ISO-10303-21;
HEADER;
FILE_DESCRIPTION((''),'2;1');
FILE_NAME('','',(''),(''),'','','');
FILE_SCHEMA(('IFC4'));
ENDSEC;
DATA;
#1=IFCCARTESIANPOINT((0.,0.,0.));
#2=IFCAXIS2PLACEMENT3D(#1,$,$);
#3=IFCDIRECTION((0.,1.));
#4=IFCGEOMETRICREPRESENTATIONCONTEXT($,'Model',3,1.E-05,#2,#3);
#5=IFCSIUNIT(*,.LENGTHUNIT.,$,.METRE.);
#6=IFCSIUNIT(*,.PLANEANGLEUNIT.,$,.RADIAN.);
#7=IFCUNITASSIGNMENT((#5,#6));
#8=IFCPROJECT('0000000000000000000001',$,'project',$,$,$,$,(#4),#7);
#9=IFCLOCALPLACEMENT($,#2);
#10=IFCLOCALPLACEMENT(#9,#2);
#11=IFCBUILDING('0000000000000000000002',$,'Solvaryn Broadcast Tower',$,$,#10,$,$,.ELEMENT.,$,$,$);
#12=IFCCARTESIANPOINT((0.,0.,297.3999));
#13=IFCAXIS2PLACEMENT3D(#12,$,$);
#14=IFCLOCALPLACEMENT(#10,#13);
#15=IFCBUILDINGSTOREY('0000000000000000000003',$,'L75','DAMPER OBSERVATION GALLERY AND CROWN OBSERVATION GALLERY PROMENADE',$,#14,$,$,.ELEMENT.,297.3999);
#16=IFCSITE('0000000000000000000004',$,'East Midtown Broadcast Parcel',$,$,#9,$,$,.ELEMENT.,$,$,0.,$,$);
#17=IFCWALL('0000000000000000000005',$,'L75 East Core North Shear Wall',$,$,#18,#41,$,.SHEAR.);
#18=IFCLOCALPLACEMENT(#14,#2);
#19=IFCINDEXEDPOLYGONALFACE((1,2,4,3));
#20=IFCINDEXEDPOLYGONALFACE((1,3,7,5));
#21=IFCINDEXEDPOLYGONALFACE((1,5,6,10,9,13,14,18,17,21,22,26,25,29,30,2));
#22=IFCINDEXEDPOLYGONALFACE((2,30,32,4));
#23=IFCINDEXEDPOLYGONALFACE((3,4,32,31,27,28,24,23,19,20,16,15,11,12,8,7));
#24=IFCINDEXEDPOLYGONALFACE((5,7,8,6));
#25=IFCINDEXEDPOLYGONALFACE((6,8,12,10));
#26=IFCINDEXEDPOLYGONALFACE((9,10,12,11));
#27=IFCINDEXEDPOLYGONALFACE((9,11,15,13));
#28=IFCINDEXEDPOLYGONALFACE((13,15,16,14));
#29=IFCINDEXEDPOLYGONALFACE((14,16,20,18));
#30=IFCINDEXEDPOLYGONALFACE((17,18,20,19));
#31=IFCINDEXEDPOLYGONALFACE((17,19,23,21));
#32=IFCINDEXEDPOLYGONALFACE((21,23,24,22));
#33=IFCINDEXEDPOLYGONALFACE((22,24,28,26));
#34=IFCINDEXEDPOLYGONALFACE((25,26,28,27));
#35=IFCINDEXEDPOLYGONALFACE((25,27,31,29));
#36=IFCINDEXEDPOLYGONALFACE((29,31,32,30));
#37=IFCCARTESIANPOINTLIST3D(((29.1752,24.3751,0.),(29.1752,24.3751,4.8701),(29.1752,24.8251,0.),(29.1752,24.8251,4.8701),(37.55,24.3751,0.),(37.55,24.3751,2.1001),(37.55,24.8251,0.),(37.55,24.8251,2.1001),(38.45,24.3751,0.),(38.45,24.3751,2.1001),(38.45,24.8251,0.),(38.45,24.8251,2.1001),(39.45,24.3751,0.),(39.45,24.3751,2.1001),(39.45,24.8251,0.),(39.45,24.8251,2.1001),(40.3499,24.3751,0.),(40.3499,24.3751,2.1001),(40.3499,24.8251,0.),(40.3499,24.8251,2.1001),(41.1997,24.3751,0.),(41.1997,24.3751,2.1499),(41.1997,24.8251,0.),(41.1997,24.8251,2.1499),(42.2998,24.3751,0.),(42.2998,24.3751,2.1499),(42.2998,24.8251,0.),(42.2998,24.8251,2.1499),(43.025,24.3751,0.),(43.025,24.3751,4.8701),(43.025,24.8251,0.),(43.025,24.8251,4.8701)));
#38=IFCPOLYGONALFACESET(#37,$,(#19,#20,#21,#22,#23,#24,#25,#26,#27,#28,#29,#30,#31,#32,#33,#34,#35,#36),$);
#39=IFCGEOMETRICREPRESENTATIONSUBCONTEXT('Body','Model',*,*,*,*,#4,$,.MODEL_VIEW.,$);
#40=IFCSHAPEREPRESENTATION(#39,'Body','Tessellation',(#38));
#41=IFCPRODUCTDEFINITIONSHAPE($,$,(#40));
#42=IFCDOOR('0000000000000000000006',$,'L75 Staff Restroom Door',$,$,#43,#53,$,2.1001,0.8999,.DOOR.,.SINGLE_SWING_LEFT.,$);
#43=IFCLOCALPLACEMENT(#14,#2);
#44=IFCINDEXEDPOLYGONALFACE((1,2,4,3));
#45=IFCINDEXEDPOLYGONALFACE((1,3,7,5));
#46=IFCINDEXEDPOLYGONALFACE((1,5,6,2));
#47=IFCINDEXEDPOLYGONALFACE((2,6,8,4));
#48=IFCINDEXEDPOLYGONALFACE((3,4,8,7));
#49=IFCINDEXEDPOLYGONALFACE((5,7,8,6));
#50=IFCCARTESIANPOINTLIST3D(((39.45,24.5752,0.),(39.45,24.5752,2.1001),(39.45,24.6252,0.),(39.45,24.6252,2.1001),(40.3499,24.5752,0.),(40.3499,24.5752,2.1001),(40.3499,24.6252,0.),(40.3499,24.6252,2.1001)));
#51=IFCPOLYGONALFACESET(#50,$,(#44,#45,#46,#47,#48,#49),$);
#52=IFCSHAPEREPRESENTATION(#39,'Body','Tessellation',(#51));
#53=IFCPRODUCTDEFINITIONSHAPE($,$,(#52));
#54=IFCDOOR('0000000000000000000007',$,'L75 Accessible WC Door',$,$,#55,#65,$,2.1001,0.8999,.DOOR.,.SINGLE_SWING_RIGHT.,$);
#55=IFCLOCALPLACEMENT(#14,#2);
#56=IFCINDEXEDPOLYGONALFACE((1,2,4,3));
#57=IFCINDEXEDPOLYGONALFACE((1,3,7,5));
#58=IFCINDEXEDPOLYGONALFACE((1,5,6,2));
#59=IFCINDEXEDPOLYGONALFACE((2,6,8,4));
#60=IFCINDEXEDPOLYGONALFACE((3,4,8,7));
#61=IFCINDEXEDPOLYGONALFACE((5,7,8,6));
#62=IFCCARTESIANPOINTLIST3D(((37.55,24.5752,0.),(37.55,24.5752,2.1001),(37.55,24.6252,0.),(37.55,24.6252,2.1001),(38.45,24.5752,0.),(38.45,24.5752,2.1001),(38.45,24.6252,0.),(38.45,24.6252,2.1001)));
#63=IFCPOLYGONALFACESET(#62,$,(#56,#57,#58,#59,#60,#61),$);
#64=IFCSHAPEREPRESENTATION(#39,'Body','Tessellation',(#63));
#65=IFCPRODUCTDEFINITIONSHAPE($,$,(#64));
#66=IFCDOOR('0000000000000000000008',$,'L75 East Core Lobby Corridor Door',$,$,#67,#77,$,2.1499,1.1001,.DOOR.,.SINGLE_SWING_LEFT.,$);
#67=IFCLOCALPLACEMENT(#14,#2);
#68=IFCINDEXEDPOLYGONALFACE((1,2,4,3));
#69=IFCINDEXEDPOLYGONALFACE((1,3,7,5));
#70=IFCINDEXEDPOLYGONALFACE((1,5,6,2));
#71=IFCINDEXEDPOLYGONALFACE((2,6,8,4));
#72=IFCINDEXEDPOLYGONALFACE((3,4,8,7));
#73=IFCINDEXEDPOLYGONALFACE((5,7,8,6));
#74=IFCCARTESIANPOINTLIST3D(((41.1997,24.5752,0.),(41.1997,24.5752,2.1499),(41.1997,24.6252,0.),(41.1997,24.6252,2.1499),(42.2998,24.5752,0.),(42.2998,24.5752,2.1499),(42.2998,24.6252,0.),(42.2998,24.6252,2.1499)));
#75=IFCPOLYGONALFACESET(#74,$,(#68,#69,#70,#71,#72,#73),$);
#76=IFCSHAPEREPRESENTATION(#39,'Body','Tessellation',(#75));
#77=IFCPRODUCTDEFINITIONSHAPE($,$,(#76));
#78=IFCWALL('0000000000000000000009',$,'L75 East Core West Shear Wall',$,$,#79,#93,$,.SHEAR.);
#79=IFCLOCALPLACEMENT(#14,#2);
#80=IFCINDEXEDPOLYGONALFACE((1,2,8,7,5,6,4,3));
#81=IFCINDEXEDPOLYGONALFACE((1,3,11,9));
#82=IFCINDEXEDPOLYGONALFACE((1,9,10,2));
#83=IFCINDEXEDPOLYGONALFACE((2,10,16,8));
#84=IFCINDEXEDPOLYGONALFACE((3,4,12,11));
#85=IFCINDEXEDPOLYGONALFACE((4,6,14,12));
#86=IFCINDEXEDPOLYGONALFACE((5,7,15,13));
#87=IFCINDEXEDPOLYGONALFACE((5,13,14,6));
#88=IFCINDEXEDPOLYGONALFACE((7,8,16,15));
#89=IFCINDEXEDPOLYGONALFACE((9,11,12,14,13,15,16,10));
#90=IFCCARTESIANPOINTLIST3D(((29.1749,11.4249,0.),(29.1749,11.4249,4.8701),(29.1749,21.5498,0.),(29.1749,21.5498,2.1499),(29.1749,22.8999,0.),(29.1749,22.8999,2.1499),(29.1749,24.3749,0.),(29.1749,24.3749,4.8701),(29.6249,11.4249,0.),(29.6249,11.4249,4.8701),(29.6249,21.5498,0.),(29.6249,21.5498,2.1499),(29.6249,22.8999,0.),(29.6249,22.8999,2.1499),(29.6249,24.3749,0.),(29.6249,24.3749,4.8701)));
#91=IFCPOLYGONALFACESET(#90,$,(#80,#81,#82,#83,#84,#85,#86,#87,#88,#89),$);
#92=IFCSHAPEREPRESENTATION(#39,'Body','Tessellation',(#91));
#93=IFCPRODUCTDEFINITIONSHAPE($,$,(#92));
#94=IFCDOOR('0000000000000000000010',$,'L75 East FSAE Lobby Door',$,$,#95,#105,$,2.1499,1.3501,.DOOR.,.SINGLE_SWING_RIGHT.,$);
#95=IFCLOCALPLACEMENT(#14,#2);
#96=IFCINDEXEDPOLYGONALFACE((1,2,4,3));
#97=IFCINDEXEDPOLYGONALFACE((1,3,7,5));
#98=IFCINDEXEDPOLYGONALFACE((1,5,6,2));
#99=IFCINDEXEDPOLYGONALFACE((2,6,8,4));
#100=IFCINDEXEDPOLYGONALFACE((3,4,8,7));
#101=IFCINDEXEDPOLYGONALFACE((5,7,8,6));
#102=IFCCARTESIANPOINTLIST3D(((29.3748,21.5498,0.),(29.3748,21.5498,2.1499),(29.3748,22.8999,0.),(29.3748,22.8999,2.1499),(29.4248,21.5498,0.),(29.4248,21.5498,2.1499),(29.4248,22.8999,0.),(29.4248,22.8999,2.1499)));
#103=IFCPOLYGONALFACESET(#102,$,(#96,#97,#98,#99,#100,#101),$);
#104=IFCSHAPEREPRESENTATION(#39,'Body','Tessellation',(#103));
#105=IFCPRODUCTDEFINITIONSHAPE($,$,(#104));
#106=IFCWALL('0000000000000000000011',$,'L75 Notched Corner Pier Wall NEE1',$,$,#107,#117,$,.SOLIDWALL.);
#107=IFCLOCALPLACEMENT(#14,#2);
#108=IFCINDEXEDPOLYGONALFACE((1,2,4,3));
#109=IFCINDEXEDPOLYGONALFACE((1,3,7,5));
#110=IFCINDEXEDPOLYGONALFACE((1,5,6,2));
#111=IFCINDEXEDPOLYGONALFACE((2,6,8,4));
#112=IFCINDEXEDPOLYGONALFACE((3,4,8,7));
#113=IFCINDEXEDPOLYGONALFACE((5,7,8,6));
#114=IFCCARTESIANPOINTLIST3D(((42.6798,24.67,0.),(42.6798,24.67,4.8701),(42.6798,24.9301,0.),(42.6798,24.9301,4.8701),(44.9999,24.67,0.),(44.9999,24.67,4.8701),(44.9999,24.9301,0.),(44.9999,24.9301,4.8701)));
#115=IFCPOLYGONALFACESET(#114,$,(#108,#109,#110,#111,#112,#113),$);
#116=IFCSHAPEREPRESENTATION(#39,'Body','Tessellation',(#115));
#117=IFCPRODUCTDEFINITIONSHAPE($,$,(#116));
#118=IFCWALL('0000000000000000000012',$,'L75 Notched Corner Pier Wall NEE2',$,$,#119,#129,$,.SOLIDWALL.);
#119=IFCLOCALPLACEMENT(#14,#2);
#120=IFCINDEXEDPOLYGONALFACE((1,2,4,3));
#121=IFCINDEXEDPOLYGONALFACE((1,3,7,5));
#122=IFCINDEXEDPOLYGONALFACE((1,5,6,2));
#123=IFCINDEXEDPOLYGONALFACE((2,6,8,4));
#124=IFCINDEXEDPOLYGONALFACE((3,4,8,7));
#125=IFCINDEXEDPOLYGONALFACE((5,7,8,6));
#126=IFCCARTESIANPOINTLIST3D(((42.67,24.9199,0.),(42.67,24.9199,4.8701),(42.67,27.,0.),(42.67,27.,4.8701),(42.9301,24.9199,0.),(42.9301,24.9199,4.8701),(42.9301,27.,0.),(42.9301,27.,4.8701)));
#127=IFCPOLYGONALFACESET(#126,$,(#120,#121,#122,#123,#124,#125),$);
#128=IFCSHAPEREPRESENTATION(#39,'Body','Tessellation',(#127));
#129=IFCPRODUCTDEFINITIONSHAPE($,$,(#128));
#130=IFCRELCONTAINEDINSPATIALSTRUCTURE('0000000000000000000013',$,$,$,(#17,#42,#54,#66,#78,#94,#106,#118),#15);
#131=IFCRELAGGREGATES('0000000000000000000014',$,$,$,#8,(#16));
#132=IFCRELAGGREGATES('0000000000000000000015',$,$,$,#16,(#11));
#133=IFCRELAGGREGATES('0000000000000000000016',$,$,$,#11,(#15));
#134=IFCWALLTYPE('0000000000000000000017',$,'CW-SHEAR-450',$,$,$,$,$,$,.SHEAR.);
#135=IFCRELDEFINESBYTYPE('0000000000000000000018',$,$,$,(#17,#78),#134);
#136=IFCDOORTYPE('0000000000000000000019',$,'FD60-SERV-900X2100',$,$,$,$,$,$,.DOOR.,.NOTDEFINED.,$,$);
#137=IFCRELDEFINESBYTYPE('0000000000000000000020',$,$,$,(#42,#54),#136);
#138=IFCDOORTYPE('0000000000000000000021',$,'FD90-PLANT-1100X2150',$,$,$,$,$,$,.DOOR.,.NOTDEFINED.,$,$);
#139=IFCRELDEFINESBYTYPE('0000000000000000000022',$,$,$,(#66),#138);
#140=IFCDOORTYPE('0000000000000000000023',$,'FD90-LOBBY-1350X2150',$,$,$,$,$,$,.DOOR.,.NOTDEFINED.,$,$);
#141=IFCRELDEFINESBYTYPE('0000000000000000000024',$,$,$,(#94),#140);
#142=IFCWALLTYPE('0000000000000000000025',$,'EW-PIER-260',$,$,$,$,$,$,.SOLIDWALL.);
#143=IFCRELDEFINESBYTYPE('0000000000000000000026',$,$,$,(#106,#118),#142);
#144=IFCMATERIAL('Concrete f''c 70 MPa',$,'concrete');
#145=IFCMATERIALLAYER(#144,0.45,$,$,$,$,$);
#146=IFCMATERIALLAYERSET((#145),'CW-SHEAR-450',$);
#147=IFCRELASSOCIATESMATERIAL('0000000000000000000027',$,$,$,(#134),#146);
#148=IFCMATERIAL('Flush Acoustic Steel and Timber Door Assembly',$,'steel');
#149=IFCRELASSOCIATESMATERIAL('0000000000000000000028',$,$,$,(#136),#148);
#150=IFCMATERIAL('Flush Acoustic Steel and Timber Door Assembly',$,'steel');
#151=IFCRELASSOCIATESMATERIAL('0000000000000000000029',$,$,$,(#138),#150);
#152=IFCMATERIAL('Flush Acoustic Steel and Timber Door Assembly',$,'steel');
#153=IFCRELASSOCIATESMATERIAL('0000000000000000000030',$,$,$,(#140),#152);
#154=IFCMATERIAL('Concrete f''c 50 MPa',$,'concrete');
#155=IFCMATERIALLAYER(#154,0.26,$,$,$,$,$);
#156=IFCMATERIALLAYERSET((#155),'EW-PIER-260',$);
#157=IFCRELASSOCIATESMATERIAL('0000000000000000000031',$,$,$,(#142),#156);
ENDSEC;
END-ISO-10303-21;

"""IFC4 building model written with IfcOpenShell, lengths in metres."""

from ifc_helpers import new_model, si_unit, direction, frame, frame_2d, origin, place, context, subcontext, project, spatial, rectangle, extrude, material, layer, layer_set, type_object, element, fill, save


model = new_model("IFC4")

# Units and contexts
model_context = context("Model", 3, precision=1e-05, world=origin(), true_north=direction((0.0, 1.0)))
body_context = subcontext(model_context, "Body", "Model", "MODEL_VIEW")
ifc_project = project(units=[si_unit("LENGTHUNIT", "METRE"), si_unit("PLANEANGLEUNIT", "RADIAN")], contexts=[model_context])

# Site, building, storey
site_placement = place(None, origin())
site = spatial("IfcSite", under=ifc_project, at=site_placement, Name="East Midtown Broadcast Parcel", CompositionType="ELEMENT", RefElevation=0.0)
building_placement = place(site_placement, origin())
building = spatial("IfcBuilding", under=site, at=building_placement, Name="Solvaryn Broadcast Tower", CompositionType="ELEMENT")
storey_placement = place(building_placement, frame((0.0, 0.0, 297.3999)))
storey = spatial("IfcBuildingStorey", under=building, at=storey_placement, Name="L75", Description="DAMPER OBSERVATION GALLERY AND CROWN OBSERVATION GALLERY PROMENADE", CompositionType="ELEMENT", Elevation=297.3999)

# Wall, openings, doors
ifc_material_1 = material(Name="Concrete f'c 70 MPa", Category="concrete")
ifc_layer_1 = layer(ifc_material_1, 0.45)
ifc_layer_set_1 = layer_set([ifc_layer_1], Name="CW-SHEAR-450")
wall_type_1 = type_object("IfcWallType", Name="CW-SHEAR-450", PredefinedType="SHEAR", material=ifc_layer_set_1)
wall_1_placement = place(storey_placement, frame((43.0249, 24.6001, 0.0), z_axis=(0.0, 0.0, 1.0), x_axis=(-1.0, 0.0, 0.0)))
wall_1 = element("IfcWall", 1, at=wall_1_placement, inside=storey, type_object=wall_type_1, Name="L75 East Core North Shear Wall", PredefinedType="SHEAR", context=body_context, shape_type="SweptSolid", body=[
    extrude(rectangle(XDim=13.8499, YDim=0.45, at=frame_2d((6.9248, 0.0))), origin(), (0.0, 0.0, 1.0), 4.8701),
])
opening_1_placement = place(wall_1_placement, frame((0.7251, 0.0, 0.0)))
opening_1 = element("IfcOpeningElement", 2, at=opening_1_placement, cuts=wall_1, PredefinedType="OPENING", context=body_context, shape_type="SweptSolid", body=[
    extrude(rectangle(XDim=1.1001, YDim=2.1499, at=frame_2d((0.55, 1.075))), frame((0.0, 0.2351, 0.0), z_axis=(0.0, -1.0, 0.0), x_axis=(1.0, 0.0, 0.0)), (0.0, 0.0, 1.0), 0.47),
])
opening_2_placement = place(wall_1_placement, frame((2.675, 0.0, 0.0)))
opening_2 = element("IfcOpeningElement", 3, at=opening_2_placement, cuts=wall_1, PredefinedType="OPENING", context=body_context, shape_type="SweptSolid", body=[
    extrude(rectangle(XDim=0.8999, YDim=2.1001, at=frame_2d((0.45, 1.05))), frame((0.0, 0.2351, 0.0), z_axis=(0.0, -1.0, 0.0), x_axis=(1.0, 0.0, 0.0)), (0.0, 0.0, 1.0), 0.47),
])
opening_3_placement = place(wall_1_placement, frame((4.575, 0.0, 0.0)))
opening_3 = element("IfcOpeningElement", 4, at=opening_3_placement, cuts=wall_1, PredefinedType="OPENING", context=body_context, shape_type="SweptSolid", body=[
    extrude(rectangle(XDim=0.8999, YDim=2.1001, at=frame_2d((0.45, 1.05))), frame((0.0, 0.2351, 0.0), z_axis=(0.0, -1.0, 0.0), x_axis=(1.0, 0.0, 0.0)), (0.0, 0.0, 1.0), 0.47),
])
ifc_material_2 = material(Name="Flush Acoustic Steel and Timber Door Assembly", Category="steel")
door_type_1 = type_object("IfcDoorType", Name="FD60-SERV-900X2100", OperationType="NOTDEFINED", PredefinedType="DOOR", material=ifc_material_2)
door_1_placement = place(opening_2_placement, origin())
door_1 = element("IfcDoor", 5, at=door_1_placement, inside=storey, type_object=door_type_1, Name="L75 Staff Restroom Door", OperationType="SINGLE_SWING_LEFT", OverallHeight=2.1001, OverallWidth=0.8999, PredefinedType="DOOR", context=body_context, shape_type="SweptSolid", body=[
    extrude(rectangle(XDim=0.8999, YDim=2.1001, at=frame_2d((0.45, 1.05))), frame((0.0, 0.0249, 0.0), z_axis=(0.0, -1.0, 0.0), x_axis=(1.0, 0.0, 0.0)), (0.0, 0.0, 1.0), 0.05),
])
fill(opening_2, door_1)
door_2_placement = place(opening_3_placement, origin())
door_2 = element("IfcDoor", 6, at=door_2_placement, inside=storey, type_object=door_type_1, Name="L75 Accessible WC Door", OperationType="SINGLE_SWING_RIGHT", OverallHeight=2.1001, OverallWidth=0.8999, PredefinedType="DOOR", context=body_context, shape_type="SweptSolid", body=[
    extrude(rectangle(XDim=0.8999, YDim=2.1001, at=frame_2d((0.45, 1.05))), frame((0.0, 0.0249, 0.0), z_axis=(0.0, -1.0, 0.0), x_axis=(1.0, 0.0, 0.0)), (0.0, 0.0, 1.0), 0.05),
])
fill(opening_3, door_2)
ifc_material_3 = material(Name="Flush Acoustic Steel and Timber Door Assembly", Category="steel")
door_type_2 = type_object("IfcDoorType", Name="FD90-PLANT-1100X2150", OperationType="NOTDEFINED", PredefinedType="DOOR", material=ifc_material_3)
door_3_placement = place(opening_1_placement, origin())
door_3 = element("IfcDoor", 7, at=door_3_placement, inside=storey, type_object=door_type_2, Name="L75 East Core Lobby Corridor Door", OperationType="SINGLE_SWING_LEFT", OverallHeight=2.1499, OverallWidth=1.1001, PredefinedType="DOOR", context=body_context, shape_type="SweptSolid", body=[
    extrude(rectangle(XDim=1.1001, YDim=2.1499, at=frame_2d((0.55, 1.075))), frame((0.0, 0.0249, 0.0), z_axis=(0.0, -1.0, 0.0), x_axis=(1.0, 0.0, 0.0)), (0.0, 0.0, 1.0), 0.05),
])
fill(opening_1, door_3)

# Wall, opening, door
wall_2_placement = place(storey_placement, frame((29.3999, 24.375, 0.0), z_axis=(0.0, 0.0, 1.0), x_axis=(0.0, -1.0, 0.0)))
wall_2 = element("IfcWall", 8, at=wall_2_placement, inside=storey, type_object=wall_type_1, Name="L75 East Core West Shear Wall", PredefinedType="SHEAR", context=body_context, shape_type="SweptSolid", body=[
    extrude(rectangle(XDim=12.95, YDim=0.45, at=frame_2d((6.4751, 0.0))), origin(), (0.0, 0.0, 1.0), 4.8701),
])
opening_4_placement = place(wall_2_placement, frame((1.4751, 0.0, 0.0)))
opening_4 = element("IfcOpeningElement", 9, at=opening_4_placement, cuts=wall_2, PredefinedType="OPENING", context=body_context, shape_type="SweptSolid", body=[
    extrude(rectangle(XDim=1.3501, YDim=2.1499, at=frame_2d((0.675, 1.075))), frame((0.0, 0.2351, 0.0), z_axis=(0.0, -1.0, 0.0), x_axis=(1.0, 0.0, 0.0)), (0.0, 0.0, 1.0), 0.47),
])
ifc_material_4 = material(Name="Flush Acoustic Steel and Timber Door Assembly", Category="steel")
door_type_3 = type_object("IfcDoorType", Name="FD90-LOBBY-1350X2150", OperationType="NOTDEFINED", PredefinedType="DOOR", material=ifc_material_4)
door_4_placement = place(opening_4_placement, origin())
door_4 = element("IfcDoor", 10, at=door_4_placement, inside=storey, type_object=door_type_3, Name="L75 East FSAE Lobby Door", OperationType="SINGLE_SWING_RIGHT", OverallHeight=2.1499, OverallWidth=1.3501, PredefinedType="DOOR", context=body_context, shape_type="SweptSolid", body=[
    extrude(rectangle(XDim=1.3501, YDim=2.1499, at=frame_2d((0.675, 1.075))), frame((0.0, 0.0249, 0.0), z_axis=(0.0, -1.0, 0.0), x_axis=(1.0, 0.0, 0.0)), (0.0, 0.0, 1.0), 0.05),
])
fill(opening_4, door_4)

# Walls
ifc_material_5 = material(Name="Concrete f'c 50 MPa", Category="concrete")
ifc_layer_2 = layer(ifc_material_5, 0.26)
ifc_layer_set_2 = layer_set([ifc_layer_2], Name="EW-PIER-260")
wall_type_2 = type_object("IfcWallType", Name="EW-PIER-260", PredefinedType="SOLIDWALL", material=ifc_layer_set_2)
wall_3_placement = place(storey_placement, frame((45.0, 24.8, 0.0), z_axis=(0.0, 0.0, 1.0), x_axis=(-1.0, 0.0, 0.0)))
element("IfcWall", 11, at=wall_3_placement, inside=storey, type_object=wall_type_2, Name="L75 Notched Corner Pier Wall NEE1", PredefinedType="SOLIDWALL", context=body_context, shape_type="SweptSolid", body=[
    extrude(rectangle(XDim=2.3201, YDim=0.26, at=frame_2d((1.1602, 0.0))), origin(), (0.0, 0.0, 1.0), 4.8701),
])
wall_4_placement = place(storey_placement, frame((42.8, 24.9199, 0.0), z_axis=(0.0, 0.0, 1.0), x_axis=(0.0, 1.0, 0.0)))
element("IfcWall", 12, at=wall_4_placement, inside=storey, type_object=wall_type_2, Name="L75 Notched Corner Pier Wall NEE2", PredefinedType="SOLIDWALL", context=body_context, shape_type="SweptSolid", body=[
    extrude(rectangle(XDim=2.0801, YDim=0.26, at=frame_2d((1.04, 0.0))), origin(), (0.0, 0.0, 1.0), 4.8701),
])

save(model, "model.ifc")
